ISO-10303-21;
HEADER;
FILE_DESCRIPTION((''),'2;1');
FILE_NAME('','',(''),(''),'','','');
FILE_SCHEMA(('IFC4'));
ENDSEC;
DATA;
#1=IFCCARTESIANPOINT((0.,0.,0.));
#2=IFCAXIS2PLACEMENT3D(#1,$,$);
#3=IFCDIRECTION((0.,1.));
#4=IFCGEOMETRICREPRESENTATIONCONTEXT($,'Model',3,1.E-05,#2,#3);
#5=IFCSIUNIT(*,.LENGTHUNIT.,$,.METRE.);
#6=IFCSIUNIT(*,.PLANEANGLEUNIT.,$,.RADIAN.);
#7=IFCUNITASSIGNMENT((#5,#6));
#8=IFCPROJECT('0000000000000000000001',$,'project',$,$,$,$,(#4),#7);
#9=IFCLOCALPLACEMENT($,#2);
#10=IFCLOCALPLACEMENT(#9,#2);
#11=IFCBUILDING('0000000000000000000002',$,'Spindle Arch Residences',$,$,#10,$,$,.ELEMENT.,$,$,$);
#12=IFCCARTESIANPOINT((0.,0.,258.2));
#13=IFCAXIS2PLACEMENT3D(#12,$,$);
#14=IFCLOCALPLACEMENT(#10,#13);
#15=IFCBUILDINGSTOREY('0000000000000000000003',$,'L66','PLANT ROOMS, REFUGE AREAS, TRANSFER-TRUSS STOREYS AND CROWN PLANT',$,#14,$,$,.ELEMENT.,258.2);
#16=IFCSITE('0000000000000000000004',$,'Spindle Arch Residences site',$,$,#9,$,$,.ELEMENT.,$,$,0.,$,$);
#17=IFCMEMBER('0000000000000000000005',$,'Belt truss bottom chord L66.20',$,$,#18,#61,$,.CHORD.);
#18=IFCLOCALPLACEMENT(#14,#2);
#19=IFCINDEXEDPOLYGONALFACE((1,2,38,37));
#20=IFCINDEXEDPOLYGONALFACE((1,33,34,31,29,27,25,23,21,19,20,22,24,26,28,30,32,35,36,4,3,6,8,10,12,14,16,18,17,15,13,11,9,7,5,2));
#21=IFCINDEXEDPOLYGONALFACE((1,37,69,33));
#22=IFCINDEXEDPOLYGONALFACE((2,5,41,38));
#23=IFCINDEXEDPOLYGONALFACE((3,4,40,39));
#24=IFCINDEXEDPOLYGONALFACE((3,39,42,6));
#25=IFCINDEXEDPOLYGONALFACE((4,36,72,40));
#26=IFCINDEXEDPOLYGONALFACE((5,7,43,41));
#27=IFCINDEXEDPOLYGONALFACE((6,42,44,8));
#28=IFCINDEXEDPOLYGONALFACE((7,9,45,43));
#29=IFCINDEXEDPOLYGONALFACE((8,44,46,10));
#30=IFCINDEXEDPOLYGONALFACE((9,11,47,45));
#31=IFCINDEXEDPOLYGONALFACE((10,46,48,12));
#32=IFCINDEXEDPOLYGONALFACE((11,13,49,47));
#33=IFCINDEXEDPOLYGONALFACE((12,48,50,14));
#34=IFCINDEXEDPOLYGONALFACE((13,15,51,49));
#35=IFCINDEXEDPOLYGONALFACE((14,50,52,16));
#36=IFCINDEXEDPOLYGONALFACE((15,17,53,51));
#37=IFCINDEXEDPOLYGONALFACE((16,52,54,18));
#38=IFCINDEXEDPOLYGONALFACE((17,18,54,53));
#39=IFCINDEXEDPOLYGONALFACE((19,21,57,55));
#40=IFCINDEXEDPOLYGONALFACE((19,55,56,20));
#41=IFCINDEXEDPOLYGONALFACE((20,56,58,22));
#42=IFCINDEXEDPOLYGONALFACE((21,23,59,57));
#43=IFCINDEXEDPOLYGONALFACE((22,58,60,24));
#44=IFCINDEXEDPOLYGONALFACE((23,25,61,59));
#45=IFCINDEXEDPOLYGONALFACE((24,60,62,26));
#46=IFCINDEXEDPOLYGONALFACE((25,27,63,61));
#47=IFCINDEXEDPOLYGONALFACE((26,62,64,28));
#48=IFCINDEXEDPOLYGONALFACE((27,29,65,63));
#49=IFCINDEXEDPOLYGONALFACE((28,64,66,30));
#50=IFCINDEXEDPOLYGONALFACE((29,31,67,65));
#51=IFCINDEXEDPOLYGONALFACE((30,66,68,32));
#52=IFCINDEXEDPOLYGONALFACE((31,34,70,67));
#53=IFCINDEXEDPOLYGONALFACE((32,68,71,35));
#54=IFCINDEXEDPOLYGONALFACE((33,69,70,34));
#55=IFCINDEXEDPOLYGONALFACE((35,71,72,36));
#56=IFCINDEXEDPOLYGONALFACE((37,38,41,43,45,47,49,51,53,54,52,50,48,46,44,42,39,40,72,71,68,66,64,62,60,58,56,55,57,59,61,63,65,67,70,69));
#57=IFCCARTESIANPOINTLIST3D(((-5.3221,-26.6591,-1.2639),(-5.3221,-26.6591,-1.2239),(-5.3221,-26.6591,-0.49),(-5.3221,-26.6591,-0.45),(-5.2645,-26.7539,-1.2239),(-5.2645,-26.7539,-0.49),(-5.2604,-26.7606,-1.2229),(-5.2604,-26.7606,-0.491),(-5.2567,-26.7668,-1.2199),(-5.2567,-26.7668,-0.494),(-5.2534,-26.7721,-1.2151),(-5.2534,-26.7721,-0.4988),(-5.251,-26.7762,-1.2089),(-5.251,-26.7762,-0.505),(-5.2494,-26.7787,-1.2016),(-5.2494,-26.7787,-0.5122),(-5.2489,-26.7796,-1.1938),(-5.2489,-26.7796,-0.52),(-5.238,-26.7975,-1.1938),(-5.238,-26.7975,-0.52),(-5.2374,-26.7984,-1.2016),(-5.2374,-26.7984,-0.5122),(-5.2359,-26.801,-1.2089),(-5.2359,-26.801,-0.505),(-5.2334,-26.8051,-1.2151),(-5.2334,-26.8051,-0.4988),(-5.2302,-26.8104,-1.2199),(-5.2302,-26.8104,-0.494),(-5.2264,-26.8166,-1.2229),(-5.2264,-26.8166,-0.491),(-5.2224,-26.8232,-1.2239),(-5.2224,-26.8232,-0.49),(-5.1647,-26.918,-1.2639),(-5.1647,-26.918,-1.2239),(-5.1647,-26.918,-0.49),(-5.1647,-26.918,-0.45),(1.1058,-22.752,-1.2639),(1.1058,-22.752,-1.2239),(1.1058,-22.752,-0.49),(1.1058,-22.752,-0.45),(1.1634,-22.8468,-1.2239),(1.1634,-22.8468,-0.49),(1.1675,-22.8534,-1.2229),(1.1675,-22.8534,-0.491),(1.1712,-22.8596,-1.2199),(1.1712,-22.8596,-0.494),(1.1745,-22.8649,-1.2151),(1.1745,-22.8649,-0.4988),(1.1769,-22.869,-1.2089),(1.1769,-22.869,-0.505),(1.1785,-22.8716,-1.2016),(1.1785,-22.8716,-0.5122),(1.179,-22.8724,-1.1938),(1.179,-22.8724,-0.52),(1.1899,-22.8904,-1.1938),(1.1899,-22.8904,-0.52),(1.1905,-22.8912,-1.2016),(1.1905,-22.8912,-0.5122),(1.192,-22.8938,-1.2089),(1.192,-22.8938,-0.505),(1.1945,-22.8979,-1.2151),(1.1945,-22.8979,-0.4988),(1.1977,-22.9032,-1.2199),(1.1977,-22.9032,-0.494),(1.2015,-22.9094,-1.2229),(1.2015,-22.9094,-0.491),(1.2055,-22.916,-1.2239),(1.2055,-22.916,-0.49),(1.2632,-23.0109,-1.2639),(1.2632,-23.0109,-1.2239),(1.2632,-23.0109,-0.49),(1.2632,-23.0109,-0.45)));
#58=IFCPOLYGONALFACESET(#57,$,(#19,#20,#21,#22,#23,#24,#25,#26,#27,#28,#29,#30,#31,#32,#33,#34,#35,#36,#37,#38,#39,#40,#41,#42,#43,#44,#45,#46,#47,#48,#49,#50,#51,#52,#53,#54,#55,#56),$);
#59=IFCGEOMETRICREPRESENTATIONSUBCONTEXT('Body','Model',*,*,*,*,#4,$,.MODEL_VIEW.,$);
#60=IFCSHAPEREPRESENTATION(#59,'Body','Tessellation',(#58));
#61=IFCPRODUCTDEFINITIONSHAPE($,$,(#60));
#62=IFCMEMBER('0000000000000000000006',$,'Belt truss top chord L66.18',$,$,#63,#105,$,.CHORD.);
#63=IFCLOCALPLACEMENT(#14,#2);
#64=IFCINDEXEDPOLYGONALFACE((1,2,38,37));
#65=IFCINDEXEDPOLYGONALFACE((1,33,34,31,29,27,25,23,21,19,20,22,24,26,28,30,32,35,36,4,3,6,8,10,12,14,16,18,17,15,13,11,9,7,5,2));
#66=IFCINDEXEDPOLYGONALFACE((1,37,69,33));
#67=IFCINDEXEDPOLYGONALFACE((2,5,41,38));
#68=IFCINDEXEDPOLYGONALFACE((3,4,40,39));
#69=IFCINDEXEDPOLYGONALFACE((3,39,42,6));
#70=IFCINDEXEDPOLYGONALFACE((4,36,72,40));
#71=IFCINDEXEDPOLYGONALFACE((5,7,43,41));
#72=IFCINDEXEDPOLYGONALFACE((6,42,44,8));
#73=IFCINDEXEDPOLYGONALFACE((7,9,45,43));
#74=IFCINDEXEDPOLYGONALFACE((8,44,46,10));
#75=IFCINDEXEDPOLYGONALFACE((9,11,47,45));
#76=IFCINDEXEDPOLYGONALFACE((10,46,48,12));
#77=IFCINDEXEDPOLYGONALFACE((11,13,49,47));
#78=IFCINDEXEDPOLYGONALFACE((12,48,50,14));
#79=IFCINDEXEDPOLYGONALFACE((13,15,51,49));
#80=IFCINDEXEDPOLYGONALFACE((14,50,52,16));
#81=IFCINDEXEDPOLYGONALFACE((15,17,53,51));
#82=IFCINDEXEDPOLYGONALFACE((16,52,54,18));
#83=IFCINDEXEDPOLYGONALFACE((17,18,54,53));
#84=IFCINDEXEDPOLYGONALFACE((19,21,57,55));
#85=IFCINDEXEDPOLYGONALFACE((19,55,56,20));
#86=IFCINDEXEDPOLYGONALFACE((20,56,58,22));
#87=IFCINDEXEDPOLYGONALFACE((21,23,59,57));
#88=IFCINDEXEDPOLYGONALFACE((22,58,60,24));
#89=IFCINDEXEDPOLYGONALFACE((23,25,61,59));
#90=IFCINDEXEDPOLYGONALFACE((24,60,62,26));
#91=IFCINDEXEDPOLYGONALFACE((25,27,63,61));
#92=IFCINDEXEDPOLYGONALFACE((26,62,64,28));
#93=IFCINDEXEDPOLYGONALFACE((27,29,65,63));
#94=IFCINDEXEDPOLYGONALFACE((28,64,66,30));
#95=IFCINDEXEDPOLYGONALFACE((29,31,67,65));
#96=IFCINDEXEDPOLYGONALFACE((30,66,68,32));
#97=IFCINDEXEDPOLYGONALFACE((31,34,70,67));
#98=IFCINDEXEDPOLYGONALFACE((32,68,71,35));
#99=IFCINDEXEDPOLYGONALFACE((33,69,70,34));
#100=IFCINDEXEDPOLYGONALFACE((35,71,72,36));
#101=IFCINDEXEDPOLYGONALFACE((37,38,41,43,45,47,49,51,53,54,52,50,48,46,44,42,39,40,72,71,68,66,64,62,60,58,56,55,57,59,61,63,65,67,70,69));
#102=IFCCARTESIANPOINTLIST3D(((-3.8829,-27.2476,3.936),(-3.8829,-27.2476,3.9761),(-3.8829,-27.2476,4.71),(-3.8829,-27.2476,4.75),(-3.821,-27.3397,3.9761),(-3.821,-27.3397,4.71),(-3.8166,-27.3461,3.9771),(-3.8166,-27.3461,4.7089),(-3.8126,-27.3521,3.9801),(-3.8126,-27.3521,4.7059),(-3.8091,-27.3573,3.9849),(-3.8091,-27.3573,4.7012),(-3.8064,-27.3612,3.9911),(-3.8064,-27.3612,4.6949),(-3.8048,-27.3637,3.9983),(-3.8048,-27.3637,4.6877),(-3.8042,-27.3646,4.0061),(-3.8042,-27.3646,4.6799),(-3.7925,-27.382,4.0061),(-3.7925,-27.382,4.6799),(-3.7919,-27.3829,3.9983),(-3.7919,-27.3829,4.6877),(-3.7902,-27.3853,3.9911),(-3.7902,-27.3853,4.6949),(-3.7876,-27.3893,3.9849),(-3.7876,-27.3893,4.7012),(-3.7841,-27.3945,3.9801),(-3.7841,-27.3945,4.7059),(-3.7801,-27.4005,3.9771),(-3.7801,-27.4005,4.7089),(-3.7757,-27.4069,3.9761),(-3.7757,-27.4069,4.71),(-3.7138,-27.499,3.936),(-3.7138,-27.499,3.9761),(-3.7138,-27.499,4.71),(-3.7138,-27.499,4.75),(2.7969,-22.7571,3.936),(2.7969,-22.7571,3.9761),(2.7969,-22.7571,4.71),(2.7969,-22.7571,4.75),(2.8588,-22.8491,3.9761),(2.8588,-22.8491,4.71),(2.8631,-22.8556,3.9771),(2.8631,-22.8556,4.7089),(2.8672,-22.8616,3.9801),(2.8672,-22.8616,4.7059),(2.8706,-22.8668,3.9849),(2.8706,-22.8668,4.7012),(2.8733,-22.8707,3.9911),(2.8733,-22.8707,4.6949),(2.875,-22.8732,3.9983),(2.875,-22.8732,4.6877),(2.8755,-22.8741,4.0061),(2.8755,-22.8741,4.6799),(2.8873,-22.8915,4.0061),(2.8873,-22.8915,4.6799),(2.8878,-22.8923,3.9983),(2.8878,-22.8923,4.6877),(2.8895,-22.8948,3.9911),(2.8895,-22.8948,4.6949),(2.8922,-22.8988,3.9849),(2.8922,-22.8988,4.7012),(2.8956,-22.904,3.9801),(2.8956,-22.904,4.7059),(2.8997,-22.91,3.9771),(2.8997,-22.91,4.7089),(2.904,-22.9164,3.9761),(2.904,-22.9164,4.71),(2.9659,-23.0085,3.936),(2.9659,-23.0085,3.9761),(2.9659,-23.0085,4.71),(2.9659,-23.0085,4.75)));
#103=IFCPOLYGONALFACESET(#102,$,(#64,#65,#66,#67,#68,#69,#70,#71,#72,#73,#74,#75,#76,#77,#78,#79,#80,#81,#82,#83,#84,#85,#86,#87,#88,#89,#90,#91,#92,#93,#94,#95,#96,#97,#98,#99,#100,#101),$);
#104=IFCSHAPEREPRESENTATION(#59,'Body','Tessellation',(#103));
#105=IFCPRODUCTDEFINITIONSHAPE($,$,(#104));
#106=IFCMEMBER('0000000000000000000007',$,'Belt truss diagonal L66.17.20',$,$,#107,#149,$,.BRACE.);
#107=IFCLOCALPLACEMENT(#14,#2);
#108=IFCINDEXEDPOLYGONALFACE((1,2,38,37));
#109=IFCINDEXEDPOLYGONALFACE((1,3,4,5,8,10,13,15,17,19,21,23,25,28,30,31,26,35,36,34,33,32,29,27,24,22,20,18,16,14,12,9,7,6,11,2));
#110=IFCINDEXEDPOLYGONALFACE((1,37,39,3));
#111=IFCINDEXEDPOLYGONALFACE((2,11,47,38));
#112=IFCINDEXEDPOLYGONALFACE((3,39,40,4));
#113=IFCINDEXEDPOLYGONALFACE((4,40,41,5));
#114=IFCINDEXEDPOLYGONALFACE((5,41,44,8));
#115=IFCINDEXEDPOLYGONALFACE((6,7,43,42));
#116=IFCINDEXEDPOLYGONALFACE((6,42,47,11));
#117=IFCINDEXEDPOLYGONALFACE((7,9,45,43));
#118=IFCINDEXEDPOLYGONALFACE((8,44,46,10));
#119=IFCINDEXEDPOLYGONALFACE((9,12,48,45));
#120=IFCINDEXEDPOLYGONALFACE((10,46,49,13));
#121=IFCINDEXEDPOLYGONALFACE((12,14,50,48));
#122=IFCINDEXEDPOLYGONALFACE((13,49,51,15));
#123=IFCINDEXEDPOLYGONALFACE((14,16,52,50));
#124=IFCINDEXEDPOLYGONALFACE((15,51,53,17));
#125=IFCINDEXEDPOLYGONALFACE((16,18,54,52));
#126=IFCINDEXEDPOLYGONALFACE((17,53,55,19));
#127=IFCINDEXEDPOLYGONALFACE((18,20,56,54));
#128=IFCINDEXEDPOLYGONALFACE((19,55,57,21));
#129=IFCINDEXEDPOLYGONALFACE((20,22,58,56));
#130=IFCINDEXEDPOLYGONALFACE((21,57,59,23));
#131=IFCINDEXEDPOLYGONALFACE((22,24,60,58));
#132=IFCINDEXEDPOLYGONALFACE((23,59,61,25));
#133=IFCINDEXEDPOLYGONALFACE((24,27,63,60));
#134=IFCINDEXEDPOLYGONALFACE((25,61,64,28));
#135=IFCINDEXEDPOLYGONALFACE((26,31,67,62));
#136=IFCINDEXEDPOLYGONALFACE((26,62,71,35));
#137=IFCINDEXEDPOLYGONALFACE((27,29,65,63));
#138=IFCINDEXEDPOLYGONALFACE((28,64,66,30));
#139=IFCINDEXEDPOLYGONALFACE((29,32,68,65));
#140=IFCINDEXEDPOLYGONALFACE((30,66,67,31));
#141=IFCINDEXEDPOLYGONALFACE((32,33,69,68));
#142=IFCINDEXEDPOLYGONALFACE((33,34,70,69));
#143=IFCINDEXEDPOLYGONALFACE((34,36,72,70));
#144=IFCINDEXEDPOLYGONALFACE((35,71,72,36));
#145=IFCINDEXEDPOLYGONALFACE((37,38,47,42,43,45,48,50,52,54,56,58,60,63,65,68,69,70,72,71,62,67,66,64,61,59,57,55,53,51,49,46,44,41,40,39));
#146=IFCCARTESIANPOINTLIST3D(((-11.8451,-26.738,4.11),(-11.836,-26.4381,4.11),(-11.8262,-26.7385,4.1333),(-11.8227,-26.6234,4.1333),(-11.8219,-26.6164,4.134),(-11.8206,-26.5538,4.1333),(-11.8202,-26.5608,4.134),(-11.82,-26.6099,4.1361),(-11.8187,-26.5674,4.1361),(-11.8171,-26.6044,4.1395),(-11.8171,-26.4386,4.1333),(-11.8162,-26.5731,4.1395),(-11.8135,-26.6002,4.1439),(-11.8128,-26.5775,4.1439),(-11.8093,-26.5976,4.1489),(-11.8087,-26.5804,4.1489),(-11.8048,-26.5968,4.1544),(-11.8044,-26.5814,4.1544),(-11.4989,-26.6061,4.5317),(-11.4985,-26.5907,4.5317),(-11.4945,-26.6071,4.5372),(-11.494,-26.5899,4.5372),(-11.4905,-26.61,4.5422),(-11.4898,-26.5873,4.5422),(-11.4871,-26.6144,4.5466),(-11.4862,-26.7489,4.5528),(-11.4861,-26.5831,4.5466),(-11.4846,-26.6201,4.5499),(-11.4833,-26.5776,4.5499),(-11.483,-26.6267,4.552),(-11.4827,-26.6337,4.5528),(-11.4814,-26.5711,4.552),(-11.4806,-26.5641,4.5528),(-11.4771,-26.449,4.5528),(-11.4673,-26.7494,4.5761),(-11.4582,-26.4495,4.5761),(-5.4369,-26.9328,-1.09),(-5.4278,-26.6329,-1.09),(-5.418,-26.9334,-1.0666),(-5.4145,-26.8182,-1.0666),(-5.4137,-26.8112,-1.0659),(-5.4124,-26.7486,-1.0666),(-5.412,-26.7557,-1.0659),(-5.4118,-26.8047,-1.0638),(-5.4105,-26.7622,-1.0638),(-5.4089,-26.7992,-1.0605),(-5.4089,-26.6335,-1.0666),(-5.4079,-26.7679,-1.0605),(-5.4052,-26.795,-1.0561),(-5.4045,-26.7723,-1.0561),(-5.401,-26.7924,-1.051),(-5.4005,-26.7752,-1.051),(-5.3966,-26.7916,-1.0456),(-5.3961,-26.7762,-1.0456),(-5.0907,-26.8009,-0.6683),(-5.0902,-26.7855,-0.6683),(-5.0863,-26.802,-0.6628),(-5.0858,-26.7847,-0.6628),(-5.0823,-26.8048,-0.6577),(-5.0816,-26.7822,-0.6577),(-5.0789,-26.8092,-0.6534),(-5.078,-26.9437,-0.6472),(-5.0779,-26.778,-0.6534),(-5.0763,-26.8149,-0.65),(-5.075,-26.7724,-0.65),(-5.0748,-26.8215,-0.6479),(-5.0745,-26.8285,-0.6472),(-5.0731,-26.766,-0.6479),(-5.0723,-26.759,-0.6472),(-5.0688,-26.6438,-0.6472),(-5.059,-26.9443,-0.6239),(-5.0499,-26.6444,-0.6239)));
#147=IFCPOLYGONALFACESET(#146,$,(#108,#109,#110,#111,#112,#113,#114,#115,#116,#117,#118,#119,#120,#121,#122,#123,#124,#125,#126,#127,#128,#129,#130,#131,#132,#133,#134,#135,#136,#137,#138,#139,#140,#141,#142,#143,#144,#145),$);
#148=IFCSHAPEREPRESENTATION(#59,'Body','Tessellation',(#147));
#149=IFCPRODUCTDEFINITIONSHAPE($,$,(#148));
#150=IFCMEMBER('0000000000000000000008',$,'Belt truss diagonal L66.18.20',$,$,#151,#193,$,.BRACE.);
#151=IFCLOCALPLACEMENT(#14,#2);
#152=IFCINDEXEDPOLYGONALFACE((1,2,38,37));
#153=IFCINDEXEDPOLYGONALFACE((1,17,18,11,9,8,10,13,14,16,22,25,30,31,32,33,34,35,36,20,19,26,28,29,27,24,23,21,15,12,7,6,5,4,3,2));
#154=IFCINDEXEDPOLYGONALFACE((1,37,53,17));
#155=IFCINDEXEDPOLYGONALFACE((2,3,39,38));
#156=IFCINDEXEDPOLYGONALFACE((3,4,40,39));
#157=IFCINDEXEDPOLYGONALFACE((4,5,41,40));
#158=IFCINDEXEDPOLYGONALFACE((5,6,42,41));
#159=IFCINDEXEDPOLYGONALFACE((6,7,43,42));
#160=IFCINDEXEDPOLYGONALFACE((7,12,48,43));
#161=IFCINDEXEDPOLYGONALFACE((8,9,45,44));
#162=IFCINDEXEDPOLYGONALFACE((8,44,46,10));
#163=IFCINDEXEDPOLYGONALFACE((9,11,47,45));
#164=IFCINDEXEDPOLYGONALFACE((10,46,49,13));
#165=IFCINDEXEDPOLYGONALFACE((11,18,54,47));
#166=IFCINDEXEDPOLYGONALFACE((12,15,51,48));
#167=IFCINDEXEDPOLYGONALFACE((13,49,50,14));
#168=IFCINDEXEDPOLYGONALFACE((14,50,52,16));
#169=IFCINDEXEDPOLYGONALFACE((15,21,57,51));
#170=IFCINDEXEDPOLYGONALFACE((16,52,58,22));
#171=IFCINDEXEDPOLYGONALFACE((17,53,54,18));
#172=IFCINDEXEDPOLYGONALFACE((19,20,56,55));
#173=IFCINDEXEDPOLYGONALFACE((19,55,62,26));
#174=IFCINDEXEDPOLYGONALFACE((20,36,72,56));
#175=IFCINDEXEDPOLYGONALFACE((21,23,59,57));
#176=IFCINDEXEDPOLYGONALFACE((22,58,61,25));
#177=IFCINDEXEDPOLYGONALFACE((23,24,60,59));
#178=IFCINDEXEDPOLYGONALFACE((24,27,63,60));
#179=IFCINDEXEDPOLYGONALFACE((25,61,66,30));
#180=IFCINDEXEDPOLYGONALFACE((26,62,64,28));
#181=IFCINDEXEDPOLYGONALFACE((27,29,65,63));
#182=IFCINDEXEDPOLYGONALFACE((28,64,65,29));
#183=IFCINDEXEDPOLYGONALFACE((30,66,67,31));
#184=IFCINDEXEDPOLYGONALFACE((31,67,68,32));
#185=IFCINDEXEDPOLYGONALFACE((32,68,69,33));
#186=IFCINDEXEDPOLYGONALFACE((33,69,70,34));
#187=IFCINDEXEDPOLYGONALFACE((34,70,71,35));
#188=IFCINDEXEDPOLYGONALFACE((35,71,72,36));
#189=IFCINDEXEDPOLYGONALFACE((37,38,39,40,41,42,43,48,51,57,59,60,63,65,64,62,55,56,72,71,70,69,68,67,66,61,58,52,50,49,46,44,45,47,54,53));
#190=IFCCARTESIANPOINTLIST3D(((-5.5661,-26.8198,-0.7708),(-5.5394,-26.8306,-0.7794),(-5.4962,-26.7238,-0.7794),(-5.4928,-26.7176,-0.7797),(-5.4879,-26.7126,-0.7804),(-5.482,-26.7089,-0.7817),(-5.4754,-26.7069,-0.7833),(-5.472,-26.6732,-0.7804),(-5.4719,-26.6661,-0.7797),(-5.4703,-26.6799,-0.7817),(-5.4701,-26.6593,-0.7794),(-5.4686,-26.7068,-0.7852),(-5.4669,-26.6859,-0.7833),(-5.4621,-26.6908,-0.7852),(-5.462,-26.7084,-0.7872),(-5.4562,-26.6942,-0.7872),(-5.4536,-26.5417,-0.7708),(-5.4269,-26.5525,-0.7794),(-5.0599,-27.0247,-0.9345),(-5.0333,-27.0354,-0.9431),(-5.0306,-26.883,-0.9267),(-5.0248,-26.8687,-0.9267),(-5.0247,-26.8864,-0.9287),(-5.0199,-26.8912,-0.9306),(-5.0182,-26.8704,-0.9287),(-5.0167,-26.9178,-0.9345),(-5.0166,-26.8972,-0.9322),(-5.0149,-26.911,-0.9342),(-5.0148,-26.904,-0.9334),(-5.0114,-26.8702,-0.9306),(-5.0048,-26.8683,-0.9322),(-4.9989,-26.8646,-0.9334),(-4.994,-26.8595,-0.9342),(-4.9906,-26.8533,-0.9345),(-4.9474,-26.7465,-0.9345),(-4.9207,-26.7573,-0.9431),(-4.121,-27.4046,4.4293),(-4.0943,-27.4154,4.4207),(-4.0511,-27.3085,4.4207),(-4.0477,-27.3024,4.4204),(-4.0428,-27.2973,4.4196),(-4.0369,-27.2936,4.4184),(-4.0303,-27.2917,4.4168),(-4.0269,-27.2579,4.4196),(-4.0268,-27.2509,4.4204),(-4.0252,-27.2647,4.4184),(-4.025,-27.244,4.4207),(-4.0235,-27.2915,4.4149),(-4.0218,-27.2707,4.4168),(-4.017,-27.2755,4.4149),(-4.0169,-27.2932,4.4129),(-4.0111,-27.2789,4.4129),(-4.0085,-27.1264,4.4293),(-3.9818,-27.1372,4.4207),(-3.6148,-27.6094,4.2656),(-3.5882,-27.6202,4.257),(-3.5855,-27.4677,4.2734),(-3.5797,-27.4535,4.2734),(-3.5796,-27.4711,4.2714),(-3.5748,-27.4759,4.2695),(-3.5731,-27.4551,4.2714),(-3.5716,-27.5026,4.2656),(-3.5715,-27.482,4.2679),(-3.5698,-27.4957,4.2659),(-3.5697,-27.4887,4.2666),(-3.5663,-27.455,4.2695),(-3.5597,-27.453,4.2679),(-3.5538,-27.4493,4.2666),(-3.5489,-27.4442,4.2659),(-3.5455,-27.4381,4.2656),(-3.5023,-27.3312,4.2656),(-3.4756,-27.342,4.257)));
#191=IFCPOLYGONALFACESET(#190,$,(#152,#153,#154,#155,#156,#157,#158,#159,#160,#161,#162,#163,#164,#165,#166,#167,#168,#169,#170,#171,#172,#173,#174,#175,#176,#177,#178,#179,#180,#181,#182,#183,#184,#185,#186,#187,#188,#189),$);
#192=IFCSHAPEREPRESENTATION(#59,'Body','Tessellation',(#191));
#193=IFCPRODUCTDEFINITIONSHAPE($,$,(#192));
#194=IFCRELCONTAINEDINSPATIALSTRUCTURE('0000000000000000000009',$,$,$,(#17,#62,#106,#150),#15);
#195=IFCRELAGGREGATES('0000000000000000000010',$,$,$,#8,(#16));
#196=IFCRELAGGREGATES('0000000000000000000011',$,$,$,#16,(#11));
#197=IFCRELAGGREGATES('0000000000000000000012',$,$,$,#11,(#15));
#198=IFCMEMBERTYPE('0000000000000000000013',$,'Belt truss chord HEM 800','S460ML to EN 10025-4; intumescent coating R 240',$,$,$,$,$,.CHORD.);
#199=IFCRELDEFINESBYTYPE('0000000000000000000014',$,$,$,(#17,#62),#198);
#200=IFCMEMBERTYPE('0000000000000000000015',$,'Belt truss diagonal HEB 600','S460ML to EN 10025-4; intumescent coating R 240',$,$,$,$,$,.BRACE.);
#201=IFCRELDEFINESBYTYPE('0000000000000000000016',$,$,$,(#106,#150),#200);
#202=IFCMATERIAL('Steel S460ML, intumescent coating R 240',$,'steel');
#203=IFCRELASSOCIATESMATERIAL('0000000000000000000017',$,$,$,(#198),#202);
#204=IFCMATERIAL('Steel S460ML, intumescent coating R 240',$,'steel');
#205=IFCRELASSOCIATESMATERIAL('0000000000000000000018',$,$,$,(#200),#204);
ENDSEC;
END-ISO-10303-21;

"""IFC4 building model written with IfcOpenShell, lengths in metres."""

from ifc_helpers import new_model, si_unit, direction, frame, origin, origin_2d, place, context, subcontext, project, spatial, i_section, extrude, material, material_profile, profile_set, type_object, element, save


model = new_model("IFC4")

# Units and contexts
model_context = context("Model", 3, precision=1e-05, world=origin(), true_north=direction((0.0, 1.0)))
body_context = subcontext(model_context, "Body", "Model", "MODEL_VIEW")
ifc_project = project(units=[si_unit("LENGTHUNIT", "METRE"), si_unit("PLANEANGLEUNIT", "RADIAN")], contexts=[model_context])

# Site, building, storey
site_placement = place(None, origin())
site = spatial("IfcSite", under=ifc_project, at=site_placement, Name="Spindle Arch Residences site", CompositionType="ELEMENT", RefElevation=0.0)
building_placement = place(site_placement, origin())
building = spatial("IfcBuilding", under=site, at=building_placement, Name="Spindle Arch Residences", CompositionType="ELEMENT")
storey_placement = place(building_placement, frame((0.0, 0.0, 258.2)))
storey = spatial("IfcBuildingStorey", under=building, at=storey_placement, Name="L66", Description="PLANT ROOMS, REFUGE AREAS, TRANSFER-TRUSS STOREYS AND CROWN PLANT", CompositionType="ELEMENT", Elevation=258.2)

# Members
ifc_material_1 = material(Name="Steel S460ML, intumescent coating R 240", Category="steel")
ifc_material_profile_1 = material_profile(ifc_material_1, i_section(OverallWidth=0.303, OverallDepth=0.814, WebThickness=0.021, FlangeThickness=0.04, FilletRadius=0.03, at=origin_2d()), Name="HEM 800")
ifc_profile_set_1 = profile_set([ifc_material_profile_1], Name="Steel S460ML, intumescent coating R 240")
member_type_1 = type_object("IfcMemberType", Name="Belt truss chord HEM 800", Description="S460ML to EN 10025-4; intumescent coating R 240", PredefinedType="CHORD", material=ifc_profile_set_1)
member_1_placement = place(storey_placement, frame((-5.2434, -26.7886, -0.8569), z_axis=(0.854521, 0.519418, 0.0), x_axis=(-0.519418, 0.854521, 0.0)))
element("IfcMember", 1, at=member_1_placement, inside=storey, type_object=member_type_1, Name="Belt truss bottom chord L66.20", PredefinedType="CHORD", context=body_context, shape_type="SweptSolid", body=[
    extrude(i_section(OverallWidth=0.303, OverallDepth=0.814, WebThickness=0.021, FlangeThickness=0.04, FilletRadius=0.03, at=origin_2d()), origin(), (0.0, 0.0, 1.0), 7.5222),
])
member_2_placement = place(storey_placement, frame((-3.7983, -27.3733, 4.343), z_axis=(0.829902, 0.557909, 0.0), x_axis=(-0.557909, 0.829902, 0.0)))
element("IfcMember", 2, at=member_2_placement, inside=storey, type_object=member_type_1, Name="Belt truss top chord L66.18", PredefinedType="CHORD", context=body_context, shape_type="SweptSolid", body=[
    extrude(i_section(OverallWidth=0.303, OverallDepth=0.814, WebThickness=0.021, FlangeThickness=0.04, FilletRadius=0.03, at=origin_2d()), origin(), (0.0, 0.0, 1.0), 8.0488),
])
ifc_material_2 = material(Name="Steel S460ML, intumescent coating R 240", Category="steel")
ifc_material_profile_2 = material_profile(ifc_material_2, i_section(OverallWidth=0.3, OverallDepth=0.6001, WebThickness=0.0154, FlangeThickness=0.03, FilletRadius=0.0271, at=origin_2d()), Name="HEB 600")
ifc_profile_set_2 = profile_set([ifc_material_profile_2], Name="Steel S460ML, intumescent coating R 240")
member_type_2 = type_object("IfcMemberType", Name="Belt truss diagonal HEB 600", Description="S460ML to EN 10025-4; intumescent coating R 240", PredefinedType="BRACE", material=ifc_profile_set_2)
member_3_placement = place(storey_placement, frame((-5.2434, -26.7886, -0.8569), z_axis=(-0.776296, 0.023601, 0.629927), x_axis=(-0.030388, -0.999538, 0.0)))
element("IfcMember", 3, at=member_3_placement, inside=storey, type_object=member_type_2, Name="Belt truss diagonal L66.17.20", PredefinedType="BRACE", context=body_context, shape_type="SweptSolid", body=[
    extrude(i_section(OverallWidth=0.3, OverallDepth=0.6001, WebThickness=0.0154, FlangeThickness=0.03, FilletRadius=0.0271, at=origin_2d()), origin(), (0.0, 0.0, 1.0), 8.2549),
])
member_4_placement = place(storey_placement, frame((-5.2434, -26.7886, -0.8569), z_axis=(0.266196, -0.107711, 0.957882), x_axis=(0.375087, 0.92699, 0.0)))
element("IfcMember", 4, at=member_4_placement, inside=storey, type_object=member_type_2, Name="Belt truss diagonal L66.18.20", PredefinedType="BRACE", context=body_context, shape_type="SweptSolid", body=[
    extrude(i_section(OverallWidth=0.3, OverallDepth=0.6001, WebThickness=0.0154, FlangeThickness=0.03, FilletRadius=0.0271, at=origin_2d()), origin(), (0.0, 0.0, 1.0), 5.4287),
])

save(model, "model.ifc")
